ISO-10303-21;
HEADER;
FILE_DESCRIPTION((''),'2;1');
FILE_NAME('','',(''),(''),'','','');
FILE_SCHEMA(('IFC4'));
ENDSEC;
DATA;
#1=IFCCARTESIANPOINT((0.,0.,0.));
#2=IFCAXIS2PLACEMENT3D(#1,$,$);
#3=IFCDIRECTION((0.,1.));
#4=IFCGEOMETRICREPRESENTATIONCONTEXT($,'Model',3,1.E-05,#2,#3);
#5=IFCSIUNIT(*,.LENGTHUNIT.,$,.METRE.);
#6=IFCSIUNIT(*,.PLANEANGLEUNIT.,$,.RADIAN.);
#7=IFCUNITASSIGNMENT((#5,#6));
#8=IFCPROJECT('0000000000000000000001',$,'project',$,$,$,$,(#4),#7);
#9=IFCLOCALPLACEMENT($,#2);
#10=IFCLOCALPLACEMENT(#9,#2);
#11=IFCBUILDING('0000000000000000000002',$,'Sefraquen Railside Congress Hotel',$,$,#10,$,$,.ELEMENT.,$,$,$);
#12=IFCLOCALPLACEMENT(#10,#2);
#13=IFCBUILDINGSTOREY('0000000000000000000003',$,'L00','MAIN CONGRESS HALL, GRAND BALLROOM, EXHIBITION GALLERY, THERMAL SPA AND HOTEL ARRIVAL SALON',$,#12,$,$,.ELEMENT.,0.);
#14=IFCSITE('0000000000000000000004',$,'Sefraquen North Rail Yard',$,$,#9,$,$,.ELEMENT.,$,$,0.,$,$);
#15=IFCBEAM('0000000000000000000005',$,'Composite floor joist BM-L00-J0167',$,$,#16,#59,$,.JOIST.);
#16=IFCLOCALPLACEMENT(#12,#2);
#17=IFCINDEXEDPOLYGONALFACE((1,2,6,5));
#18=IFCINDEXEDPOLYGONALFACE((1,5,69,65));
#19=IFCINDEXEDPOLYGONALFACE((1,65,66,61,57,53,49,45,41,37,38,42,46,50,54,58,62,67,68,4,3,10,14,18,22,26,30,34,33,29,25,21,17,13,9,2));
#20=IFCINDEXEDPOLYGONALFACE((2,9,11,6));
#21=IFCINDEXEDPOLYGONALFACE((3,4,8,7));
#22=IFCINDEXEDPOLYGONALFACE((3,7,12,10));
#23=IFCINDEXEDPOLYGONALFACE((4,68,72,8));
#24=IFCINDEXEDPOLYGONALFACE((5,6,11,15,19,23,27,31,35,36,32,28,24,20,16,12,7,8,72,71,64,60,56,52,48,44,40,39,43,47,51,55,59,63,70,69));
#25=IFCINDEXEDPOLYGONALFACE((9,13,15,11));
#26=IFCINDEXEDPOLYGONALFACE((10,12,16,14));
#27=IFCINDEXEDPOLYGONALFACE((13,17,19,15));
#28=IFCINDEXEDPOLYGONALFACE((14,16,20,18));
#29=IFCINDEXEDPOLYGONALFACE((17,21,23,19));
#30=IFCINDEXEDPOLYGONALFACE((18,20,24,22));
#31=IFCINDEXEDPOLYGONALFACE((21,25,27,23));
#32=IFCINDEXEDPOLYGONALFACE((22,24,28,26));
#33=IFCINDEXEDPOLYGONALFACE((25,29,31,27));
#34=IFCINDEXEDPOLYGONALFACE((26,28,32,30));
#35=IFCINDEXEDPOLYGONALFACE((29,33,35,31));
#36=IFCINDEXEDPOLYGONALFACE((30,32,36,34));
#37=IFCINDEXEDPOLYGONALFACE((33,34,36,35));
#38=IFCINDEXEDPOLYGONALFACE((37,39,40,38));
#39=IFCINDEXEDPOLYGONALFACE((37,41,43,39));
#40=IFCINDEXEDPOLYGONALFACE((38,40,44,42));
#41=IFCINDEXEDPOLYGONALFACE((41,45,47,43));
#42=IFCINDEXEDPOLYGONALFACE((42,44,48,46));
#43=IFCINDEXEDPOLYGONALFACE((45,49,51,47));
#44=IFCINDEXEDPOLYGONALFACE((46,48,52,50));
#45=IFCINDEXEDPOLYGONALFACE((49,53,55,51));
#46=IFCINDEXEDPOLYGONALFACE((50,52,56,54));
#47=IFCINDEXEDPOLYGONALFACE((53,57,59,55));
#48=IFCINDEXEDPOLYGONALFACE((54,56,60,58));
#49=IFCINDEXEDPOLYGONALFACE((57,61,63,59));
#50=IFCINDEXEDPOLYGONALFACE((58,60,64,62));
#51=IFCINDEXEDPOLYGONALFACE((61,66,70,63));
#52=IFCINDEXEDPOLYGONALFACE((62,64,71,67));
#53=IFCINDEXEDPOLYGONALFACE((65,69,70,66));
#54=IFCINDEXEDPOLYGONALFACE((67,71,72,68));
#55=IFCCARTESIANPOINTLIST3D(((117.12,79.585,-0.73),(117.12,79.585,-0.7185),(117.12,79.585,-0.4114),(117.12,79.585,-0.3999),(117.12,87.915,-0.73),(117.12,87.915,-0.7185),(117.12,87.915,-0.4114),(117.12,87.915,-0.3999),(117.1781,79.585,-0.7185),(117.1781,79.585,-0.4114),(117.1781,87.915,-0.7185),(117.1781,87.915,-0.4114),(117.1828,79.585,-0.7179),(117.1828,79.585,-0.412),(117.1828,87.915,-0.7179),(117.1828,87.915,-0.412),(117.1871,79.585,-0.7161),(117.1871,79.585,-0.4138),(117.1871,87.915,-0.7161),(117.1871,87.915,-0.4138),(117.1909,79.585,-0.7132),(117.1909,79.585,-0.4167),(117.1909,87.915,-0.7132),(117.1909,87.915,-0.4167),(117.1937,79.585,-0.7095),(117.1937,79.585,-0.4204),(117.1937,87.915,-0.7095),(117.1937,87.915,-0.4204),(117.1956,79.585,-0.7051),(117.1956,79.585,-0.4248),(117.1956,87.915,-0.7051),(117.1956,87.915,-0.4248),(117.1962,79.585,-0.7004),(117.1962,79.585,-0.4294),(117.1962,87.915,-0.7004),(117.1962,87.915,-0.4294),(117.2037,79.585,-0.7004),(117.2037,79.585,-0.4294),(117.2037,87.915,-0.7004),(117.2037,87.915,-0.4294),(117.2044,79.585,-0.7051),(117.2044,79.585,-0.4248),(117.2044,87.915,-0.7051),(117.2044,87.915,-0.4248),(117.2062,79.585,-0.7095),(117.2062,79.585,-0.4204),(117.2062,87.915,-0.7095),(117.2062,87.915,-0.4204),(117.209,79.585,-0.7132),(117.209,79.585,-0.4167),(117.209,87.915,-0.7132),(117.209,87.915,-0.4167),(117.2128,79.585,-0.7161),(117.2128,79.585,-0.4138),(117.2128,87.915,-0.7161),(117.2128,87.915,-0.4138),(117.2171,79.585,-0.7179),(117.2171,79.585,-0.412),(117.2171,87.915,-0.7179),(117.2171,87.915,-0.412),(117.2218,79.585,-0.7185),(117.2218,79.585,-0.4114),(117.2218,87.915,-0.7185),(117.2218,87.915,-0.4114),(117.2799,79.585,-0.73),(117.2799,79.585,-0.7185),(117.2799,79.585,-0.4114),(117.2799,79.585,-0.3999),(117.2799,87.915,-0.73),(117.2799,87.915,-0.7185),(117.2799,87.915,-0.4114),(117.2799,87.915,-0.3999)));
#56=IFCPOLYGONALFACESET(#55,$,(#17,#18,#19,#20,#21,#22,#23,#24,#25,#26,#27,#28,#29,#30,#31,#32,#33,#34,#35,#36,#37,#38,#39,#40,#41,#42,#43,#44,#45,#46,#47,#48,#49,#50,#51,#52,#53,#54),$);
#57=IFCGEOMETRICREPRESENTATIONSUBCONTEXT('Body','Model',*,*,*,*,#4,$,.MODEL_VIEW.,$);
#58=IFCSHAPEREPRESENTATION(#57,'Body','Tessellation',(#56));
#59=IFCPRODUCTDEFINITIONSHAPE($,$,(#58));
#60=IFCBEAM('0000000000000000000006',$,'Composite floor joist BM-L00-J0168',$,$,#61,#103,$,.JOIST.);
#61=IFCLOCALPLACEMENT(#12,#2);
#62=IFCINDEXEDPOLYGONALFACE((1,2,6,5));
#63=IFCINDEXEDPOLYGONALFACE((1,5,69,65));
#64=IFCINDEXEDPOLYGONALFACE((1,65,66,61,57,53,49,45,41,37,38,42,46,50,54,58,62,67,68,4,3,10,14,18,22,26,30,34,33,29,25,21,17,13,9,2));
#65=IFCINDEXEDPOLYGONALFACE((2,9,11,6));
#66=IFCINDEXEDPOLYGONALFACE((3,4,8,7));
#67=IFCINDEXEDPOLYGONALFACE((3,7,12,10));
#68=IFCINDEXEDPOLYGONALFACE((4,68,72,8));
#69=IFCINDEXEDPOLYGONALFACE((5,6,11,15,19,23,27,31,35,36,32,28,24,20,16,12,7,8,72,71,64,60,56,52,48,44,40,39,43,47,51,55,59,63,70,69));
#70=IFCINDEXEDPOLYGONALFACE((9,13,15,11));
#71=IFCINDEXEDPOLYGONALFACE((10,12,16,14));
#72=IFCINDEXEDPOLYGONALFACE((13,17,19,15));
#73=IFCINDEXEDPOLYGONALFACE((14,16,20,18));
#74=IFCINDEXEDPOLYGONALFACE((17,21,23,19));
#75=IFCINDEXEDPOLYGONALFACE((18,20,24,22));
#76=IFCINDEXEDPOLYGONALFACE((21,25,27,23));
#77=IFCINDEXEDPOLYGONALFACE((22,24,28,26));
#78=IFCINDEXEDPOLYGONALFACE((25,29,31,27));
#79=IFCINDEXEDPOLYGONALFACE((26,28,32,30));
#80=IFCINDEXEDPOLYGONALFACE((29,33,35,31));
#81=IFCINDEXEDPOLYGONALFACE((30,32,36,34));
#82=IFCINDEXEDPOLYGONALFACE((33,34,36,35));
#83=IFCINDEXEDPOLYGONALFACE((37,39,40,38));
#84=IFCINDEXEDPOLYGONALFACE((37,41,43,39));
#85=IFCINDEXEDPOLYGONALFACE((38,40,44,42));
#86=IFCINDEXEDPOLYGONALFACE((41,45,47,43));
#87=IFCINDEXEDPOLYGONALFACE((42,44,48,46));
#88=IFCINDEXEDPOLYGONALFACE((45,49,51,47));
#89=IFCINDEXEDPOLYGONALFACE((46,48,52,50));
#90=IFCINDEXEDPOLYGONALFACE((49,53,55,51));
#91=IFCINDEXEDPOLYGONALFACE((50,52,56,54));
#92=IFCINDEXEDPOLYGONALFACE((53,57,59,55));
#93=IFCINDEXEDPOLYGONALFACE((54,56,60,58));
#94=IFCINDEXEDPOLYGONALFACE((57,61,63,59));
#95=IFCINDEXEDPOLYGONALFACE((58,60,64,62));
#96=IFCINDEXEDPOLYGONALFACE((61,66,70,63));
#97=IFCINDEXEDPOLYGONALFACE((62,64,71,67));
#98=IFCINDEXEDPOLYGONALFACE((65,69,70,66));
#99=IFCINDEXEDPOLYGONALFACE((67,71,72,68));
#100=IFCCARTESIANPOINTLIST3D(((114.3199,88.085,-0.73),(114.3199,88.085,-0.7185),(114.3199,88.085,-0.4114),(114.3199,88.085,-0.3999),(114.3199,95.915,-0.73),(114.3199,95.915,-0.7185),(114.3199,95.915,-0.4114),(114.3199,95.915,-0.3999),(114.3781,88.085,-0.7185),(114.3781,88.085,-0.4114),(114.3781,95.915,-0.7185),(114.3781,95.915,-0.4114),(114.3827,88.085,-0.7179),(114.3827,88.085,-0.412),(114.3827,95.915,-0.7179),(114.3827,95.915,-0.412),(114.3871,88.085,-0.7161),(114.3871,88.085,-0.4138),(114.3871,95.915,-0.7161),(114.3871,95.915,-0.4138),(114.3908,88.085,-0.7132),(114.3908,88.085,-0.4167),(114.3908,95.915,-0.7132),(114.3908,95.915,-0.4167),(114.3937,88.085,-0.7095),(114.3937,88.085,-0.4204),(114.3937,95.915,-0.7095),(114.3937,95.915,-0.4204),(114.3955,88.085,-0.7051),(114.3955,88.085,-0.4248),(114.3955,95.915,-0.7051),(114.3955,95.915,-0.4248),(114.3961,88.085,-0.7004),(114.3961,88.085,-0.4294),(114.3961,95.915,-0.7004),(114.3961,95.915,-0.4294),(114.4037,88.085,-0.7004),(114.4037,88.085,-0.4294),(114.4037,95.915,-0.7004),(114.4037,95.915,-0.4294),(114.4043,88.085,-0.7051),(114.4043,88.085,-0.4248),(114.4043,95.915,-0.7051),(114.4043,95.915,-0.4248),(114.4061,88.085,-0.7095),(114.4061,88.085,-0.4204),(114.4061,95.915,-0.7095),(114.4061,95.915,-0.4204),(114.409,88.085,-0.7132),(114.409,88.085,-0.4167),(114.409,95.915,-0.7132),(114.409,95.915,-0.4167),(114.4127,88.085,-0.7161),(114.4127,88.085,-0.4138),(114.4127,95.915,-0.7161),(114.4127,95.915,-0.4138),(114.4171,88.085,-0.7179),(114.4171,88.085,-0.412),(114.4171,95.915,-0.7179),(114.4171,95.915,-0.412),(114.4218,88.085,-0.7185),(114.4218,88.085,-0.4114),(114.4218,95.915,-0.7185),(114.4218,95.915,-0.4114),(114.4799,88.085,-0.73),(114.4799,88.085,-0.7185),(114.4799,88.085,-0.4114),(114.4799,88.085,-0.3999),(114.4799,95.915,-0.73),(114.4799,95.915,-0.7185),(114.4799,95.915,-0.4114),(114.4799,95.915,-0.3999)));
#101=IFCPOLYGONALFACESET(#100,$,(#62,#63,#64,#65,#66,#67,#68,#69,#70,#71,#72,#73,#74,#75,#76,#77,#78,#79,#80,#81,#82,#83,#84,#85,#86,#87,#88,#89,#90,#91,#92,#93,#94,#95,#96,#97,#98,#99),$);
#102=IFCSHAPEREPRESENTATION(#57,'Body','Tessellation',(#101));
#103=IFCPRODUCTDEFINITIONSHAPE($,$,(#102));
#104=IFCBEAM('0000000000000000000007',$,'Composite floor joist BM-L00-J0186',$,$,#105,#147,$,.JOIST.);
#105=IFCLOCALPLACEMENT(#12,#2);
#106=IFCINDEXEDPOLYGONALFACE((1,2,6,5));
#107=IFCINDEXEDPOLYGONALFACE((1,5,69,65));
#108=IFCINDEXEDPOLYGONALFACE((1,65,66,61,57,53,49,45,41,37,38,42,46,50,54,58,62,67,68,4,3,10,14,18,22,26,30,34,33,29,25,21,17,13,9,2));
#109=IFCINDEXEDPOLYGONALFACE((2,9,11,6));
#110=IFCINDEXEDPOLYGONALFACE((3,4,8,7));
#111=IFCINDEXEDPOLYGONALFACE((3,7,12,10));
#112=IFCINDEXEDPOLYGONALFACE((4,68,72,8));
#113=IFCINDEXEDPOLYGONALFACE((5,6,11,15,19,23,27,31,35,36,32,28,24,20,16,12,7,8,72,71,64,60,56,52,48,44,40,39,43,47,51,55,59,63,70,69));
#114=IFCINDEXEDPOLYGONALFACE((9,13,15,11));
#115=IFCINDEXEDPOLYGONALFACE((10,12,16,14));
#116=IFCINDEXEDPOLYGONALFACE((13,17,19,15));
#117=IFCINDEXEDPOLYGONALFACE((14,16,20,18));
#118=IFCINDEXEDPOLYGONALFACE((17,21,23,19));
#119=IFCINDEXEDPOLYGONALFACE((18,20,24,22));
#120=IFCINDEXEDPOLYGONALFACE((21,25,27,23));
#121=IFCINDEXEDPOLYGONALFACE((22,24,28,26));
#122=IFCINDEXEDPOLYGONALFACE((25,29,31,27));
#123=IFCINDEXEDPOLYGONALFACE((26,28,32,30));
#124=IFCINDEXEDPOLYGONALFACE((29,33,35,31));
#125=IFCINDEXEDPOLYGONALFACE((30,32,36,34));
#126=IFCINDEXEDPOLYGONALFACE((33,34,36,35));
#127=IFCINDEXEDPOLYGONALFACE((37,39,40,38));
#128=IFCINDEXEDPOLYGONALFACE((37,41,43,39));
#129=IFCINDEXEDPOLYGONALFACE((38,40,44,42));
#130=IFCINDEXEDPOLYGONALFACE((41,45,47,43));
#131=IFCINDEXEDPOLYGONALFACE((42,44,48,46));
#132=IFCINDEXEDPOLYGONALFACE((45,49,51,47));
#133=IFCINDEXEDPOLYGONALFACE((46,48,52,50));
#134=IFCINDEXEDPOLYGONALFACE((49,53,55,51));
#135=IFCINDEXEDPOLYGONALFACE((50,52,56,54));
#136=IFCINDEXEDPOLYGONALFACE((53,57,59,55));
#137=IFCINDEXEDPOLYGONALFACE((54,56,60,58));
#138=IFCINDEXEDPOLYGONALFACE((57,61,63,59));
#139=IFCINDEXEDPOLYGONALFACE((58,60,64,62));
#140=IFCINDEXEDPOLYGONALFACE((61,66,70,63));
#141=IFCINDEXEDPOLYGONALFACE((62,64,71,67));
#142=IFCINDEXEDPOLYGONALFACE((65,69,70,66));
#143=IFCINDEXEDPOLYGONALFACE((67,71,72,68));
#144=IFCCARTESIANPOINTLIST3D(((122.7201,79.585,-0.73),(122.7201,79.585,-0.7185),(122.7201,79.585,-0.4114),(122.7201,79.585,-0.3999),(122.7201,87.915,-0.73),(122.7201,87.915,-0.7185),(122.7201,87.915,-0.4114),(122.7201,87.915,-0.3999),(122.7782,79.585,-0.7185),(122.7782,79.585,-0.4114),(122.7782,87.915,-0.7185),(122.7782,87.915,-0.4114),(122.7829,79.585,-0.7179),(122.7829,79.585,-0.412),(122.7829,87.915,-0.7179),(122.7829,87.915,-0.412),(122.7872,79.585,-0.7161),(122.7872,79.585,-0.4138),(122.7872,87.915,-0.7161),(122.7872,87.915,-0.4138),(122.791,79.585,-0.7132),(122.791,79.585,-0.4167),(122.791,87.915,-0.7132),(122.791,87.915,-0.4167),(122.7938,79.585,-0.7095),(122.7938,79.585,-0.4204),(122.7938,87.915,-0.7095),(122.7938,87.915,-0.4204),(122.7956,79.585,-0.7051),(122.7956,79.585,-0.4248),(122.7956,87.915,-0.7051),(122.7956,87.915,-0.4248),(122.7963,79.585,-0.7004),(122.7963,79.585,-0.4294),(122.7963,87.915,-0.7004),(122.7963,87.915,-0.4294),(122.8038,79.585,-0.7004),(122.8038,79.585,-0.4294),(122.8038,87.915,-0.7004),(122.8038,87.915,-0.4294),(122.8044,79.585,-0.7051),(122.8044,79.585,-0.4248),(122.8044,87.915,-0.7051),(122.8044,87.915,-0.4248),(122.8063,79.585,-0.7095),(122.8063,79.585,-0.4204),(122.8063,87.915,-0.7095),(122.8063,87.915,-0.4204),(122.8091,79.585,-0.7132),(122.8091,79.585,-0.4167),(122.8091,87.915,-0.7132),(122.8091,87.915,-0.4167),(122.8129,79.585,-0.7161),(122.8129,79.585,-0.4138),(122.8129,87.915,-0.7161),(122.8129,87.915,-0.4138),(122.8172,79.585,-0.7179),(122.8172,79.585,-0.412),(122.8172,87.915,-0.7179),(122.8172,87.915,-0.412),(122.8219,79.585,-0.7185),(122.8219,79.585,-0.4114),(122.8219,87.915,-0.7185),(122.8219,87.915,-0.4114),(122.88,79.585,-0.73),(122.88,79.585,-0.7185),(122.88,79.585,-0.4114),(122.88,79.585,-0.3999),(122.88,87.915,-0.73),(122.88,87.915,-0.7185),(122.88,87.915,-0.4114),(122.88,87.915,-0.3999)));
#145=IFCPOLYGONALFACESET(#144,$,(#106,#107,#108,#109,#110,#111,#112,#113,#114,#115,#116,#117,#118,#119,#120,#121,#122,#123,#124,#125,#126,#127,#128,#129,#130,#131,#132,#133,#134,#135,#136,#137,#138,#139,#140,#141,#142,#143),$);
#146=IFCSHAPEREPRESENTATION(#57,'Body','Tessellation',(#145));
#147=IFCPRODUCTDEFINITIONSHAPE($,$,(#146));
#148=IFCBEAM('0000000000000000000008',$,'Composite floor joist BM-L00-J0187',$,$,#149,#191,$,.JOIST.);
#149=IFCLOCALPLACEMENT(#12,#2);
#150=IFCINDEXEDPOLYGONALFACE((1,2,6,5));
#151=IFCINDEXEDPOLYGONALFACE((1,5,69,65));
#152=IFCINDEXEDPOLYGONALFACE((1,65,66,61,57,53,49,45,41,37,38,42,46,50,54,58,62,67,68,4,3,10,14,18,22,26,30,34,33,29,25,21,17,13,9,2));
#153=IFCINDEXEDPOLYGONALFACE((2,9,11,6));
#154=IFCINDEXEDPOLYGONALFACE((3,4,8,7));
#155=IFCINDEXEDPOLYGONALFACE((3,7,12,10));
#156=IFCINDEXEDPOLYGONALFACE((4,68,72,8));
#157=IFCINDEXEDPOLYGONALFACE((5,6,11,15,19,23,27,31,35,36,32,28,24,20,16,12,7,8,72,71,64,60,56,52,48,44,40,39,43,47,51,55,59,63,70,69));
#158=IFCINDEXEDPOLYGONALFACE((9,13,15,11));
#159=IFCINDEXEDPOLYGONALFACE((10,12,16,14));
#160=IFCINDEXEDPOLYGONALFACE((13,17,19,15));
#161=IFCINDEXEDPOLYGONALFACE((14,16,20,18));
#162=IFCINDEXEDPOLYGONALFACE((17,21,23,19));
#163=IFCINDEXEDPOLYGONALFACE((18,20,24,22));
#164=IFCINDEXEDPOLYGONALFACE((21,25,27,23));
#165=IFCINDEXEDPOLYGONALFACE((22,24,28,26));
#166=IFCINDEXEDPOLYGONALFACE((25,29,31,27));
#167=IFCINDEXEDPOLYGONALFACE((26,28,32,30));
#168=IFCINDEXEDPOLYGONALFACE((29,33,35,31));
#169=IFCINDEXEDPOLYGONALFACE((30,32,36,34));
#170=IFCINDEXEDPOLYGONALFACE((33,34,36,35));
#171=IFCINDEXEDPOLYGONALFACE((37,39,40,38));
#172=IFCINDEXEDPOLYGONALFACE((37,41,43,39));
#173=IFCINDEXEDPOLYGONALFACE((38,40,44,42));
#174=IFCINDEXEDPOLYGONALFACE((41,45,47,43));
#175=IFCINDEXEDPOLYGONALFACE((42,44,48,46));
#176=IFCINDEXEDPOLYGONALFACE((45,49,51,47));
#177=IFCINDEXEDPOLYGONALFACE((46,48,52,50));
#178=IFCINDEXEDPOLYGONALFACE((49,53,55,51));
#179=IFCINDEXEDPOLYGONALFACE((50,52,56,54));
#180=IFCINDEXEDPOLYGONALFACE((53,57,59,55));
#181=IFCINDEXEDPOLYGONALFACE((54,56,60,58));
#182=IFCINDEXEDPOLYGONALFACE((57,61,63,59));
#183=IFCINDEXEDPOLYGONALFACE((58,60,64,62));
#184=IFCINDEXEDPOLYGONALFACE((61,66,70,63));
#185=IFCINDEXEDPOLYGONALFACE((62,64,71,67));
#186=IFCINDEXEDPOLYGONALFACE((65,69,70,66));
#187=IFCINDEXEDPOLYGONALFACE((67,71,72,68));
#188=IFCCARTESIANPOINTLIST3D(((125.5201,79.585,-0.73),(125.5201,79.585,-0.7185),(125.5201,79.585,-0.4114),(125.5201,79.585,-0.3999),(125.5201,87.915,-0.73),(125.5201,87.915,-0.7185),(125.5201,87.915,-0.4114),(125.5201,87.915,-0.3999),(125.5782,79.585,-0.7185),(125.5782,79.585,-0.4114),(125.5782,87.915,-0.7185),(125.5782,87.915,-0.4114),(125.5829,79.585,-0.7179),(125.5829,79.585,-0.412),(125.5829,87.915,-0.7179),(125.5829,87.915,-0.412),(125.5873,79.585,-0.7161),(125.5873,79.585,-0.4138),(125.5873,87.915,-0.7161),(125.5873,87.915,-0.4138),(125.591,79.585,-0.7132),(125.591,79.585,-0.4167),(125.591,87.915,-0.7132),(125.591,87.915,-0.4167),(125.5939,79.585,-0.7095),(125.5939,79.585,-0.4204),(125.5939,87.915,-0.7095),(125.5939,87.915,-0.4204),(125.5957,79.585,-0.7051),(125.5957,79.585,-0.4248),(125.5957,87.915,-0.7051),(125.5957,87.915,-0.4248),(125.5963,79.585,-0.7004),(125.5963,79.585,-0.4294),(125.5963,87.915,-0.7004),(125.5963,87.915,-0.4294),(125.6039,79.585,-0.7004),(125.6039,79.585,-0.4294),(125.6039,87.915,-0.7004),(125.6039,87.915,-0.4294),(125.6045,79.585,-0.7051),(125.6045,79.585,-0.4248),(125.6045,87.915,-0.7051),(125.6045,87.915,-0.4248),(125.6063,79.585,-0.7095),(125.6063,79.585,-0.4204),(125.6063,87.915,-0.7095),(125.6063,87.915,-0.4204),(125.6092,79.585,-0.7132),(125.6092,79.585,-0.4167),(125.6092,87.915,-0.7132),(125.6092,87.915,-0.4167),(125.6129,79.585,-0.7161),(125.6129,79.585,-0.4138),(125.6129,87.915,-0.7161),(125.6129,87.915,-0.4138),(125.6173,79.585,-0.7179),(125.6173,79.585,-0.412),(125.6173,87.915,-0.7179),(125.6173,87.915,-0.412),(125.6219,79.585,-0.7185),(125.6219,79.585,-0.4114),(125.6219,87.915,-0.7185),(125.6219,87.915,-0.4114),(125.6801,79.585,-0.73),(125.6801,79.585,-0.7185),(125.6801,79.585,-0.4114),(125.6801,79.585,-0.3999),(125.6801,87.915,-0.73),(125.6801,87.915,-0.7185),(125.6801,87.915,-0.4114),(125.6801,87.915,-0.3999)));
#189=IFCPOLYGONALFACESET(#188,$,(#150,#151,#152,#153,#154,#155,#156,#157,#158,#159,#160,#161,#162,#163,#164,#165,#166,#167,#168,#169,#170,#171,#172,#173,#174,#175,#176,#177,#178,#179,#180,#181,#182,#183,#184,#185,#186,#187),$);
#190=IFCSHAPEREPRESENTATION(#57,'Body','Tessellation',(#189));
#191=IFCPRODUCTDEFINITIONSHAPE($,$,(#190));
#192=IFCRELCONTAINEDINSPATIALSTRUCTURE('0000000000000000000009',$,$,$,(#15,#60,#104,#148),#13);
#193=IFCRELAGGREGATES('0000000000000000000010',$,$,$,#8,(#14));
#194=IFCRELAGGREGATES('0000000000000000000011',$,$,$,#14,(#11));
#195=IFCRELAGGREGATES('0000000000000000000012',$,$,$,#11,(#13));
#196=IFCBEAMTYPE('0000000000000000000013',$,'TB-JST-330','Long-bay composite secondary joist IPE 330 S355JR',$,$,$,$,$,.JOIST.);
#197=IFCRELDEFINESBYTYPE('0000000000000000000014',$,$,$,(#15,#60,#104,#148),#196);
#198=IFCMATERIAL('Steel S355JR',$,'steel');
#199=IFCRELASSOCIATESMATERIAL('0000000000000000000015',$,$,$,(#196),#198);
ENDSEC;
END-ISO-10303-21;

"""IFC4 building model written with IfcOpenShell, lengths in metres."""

from ifc_helpers import new_model, si_unit, direction, frame, origin, origin_2d, place, context, subcontext, project, spatial, i_section, extrude, material, material_profile, profile_set, type_object, element, save


model = new_model("IFC4")

# Units and contexts
model_context = context("Model", 3, precision=1e-05, world=origin(), true_north=direction((0.0, 1.0)))
body_context = subcontext(model_context, "Body", "Model", "MODEL_VIEW")
ifc_project = project(units=[si_unit("LENGTHUNIT", "METRE"), si_unit("PLANEANGLEUNIT", "RADIAN")], contexts=[model_context])

# Site, building, storey
site_placement = place(None, origin())
site = spatial("IfcSite", under=ifc_project, at=site_placement, Name="Sefraquen North Rail Yard", CompositionType="ELEMENT", RefElevation=0.0)
building_placement = place(site_placement, origin())
building = spatial("IfcBuilding", under=site, at=building_placement, Name="Sefraquen Railside Congress Hotel", CompositionType="ELEMENT")
storey_placement = place(building_placement, origin())
storey = spatial("IfcBuildingStorey", under=building, at=storey_placement, Name="L00", Description="MAIN CONGRESS HALL, GRAND BALLROOM, EXHIBITION GALLERY, THERMAL SPA AND HOTEL ARRIVAL SALON", CompositionType="ELEMENT", Elevation=0.0)

# Shared definitions
ifc_material_1 = material(Name="Steel S355JR", Category="steel")

# Beams
ifc_material_profile_1 = material_profile(ifc_material_1, i_section(OverallWidth=0.1599, OverallDepth=0.3301, WebThickness=0.0076, FlangeThickness=0.0115, FilletRadius=0.0181, at=origin_2d()), Name="IPE 330")
ifc_profile_set_1 = profile_set([ifc_material_profile_1], Name="Steel S355JR")
beam_type_1 = type_object("IfcBeamType", Name="TB-JST-330", Description="Long-bay composite secondary joist IPE 330 S355JR", PredefinedType="JOIST", material=ifc_profile_set_1)
for number, where, z_axis, x_axis, name in (
    (1, (117.2, 79.585, -0.5649), (0.0, 1.0, 0.0), (-1.0, 0.0, 0.0), "Composite floor joist BM-L00-J0167"),
):
    element("IfcBeam", number, at=place(storey_placement, frame(where, z_axis=z_axis, x_axis=x_axis)), inside=storey, type_object=beam_type_1, Name=name, PredefinedType="JOIST", context=body_context, shape_type="SweptSolid", body=[
        extrude(i_section(OverallWidth=0.1599, OverallDepth=0.3301, WebThickness=0.0076, FlangeThickness=0.0115, FilletRadius=0.0181, at=origin_2d()), origin(), (0.0, 0.0, 1.0), 8.3301),
    ])
beam_placement = place(storey_placement, frame((114.3999, 88.085, -0.5649), z_axis=(0.0, 1.0, 0.0), x_axis=(-1.0, 0.0, 0.0)))
element("IfcBeam", 2, at=beam_placement, inside=storey, type_object=beam_type_1, Name="Composite floor joist BM-L00-J0168", PredefinedType="JOIST", context=body_context, shape_type="SweptSolid", body=[
    extrude(i_section(OverallWidth=0.1599, OverallDepth=0.3301, WebThickness=0.0076, FlangeThickness=0.0115, FilletRadius=0.0181, at=origin_2d()), origin(), (0.0, 0.0, 1.0), 7.8301),
])
for number, where, z_axis, x_axis, name in (
    (3, (122.8, 79.585, -0.5649), (0.0, 1.0, 0.0), (-1.0, 0.0, 0.0), "Composite floor joist BM-L00-J0186"),
    (4, (125.6001, 79.585, -0.5649), (0.0, 1.0, 0.0), (-1.0, 0.0, 0.0), "Composite floor joist BM-L00-J0187"),
):
    element("IfcBeam", number, at=place(storey_placement, frame(where, z_axis=z_axis, x_axis=x_axis)), inside=storey, type_object=beam_type_1, Name=name, PredefinedType="JOIST", context=body_context, shape_type="SweptSolid", body=[
        extrude(i_section(OverallWidth=0.1599, OverallDepth=0.3301, WebThickness=0.0076, FlangeThickness=0.0115, FilletRadius=0.0181, at=origin_2d()), origin(), (0.0, 0.0, 1.0), 8.3301),
    ])

save(model, "model.ifc")
